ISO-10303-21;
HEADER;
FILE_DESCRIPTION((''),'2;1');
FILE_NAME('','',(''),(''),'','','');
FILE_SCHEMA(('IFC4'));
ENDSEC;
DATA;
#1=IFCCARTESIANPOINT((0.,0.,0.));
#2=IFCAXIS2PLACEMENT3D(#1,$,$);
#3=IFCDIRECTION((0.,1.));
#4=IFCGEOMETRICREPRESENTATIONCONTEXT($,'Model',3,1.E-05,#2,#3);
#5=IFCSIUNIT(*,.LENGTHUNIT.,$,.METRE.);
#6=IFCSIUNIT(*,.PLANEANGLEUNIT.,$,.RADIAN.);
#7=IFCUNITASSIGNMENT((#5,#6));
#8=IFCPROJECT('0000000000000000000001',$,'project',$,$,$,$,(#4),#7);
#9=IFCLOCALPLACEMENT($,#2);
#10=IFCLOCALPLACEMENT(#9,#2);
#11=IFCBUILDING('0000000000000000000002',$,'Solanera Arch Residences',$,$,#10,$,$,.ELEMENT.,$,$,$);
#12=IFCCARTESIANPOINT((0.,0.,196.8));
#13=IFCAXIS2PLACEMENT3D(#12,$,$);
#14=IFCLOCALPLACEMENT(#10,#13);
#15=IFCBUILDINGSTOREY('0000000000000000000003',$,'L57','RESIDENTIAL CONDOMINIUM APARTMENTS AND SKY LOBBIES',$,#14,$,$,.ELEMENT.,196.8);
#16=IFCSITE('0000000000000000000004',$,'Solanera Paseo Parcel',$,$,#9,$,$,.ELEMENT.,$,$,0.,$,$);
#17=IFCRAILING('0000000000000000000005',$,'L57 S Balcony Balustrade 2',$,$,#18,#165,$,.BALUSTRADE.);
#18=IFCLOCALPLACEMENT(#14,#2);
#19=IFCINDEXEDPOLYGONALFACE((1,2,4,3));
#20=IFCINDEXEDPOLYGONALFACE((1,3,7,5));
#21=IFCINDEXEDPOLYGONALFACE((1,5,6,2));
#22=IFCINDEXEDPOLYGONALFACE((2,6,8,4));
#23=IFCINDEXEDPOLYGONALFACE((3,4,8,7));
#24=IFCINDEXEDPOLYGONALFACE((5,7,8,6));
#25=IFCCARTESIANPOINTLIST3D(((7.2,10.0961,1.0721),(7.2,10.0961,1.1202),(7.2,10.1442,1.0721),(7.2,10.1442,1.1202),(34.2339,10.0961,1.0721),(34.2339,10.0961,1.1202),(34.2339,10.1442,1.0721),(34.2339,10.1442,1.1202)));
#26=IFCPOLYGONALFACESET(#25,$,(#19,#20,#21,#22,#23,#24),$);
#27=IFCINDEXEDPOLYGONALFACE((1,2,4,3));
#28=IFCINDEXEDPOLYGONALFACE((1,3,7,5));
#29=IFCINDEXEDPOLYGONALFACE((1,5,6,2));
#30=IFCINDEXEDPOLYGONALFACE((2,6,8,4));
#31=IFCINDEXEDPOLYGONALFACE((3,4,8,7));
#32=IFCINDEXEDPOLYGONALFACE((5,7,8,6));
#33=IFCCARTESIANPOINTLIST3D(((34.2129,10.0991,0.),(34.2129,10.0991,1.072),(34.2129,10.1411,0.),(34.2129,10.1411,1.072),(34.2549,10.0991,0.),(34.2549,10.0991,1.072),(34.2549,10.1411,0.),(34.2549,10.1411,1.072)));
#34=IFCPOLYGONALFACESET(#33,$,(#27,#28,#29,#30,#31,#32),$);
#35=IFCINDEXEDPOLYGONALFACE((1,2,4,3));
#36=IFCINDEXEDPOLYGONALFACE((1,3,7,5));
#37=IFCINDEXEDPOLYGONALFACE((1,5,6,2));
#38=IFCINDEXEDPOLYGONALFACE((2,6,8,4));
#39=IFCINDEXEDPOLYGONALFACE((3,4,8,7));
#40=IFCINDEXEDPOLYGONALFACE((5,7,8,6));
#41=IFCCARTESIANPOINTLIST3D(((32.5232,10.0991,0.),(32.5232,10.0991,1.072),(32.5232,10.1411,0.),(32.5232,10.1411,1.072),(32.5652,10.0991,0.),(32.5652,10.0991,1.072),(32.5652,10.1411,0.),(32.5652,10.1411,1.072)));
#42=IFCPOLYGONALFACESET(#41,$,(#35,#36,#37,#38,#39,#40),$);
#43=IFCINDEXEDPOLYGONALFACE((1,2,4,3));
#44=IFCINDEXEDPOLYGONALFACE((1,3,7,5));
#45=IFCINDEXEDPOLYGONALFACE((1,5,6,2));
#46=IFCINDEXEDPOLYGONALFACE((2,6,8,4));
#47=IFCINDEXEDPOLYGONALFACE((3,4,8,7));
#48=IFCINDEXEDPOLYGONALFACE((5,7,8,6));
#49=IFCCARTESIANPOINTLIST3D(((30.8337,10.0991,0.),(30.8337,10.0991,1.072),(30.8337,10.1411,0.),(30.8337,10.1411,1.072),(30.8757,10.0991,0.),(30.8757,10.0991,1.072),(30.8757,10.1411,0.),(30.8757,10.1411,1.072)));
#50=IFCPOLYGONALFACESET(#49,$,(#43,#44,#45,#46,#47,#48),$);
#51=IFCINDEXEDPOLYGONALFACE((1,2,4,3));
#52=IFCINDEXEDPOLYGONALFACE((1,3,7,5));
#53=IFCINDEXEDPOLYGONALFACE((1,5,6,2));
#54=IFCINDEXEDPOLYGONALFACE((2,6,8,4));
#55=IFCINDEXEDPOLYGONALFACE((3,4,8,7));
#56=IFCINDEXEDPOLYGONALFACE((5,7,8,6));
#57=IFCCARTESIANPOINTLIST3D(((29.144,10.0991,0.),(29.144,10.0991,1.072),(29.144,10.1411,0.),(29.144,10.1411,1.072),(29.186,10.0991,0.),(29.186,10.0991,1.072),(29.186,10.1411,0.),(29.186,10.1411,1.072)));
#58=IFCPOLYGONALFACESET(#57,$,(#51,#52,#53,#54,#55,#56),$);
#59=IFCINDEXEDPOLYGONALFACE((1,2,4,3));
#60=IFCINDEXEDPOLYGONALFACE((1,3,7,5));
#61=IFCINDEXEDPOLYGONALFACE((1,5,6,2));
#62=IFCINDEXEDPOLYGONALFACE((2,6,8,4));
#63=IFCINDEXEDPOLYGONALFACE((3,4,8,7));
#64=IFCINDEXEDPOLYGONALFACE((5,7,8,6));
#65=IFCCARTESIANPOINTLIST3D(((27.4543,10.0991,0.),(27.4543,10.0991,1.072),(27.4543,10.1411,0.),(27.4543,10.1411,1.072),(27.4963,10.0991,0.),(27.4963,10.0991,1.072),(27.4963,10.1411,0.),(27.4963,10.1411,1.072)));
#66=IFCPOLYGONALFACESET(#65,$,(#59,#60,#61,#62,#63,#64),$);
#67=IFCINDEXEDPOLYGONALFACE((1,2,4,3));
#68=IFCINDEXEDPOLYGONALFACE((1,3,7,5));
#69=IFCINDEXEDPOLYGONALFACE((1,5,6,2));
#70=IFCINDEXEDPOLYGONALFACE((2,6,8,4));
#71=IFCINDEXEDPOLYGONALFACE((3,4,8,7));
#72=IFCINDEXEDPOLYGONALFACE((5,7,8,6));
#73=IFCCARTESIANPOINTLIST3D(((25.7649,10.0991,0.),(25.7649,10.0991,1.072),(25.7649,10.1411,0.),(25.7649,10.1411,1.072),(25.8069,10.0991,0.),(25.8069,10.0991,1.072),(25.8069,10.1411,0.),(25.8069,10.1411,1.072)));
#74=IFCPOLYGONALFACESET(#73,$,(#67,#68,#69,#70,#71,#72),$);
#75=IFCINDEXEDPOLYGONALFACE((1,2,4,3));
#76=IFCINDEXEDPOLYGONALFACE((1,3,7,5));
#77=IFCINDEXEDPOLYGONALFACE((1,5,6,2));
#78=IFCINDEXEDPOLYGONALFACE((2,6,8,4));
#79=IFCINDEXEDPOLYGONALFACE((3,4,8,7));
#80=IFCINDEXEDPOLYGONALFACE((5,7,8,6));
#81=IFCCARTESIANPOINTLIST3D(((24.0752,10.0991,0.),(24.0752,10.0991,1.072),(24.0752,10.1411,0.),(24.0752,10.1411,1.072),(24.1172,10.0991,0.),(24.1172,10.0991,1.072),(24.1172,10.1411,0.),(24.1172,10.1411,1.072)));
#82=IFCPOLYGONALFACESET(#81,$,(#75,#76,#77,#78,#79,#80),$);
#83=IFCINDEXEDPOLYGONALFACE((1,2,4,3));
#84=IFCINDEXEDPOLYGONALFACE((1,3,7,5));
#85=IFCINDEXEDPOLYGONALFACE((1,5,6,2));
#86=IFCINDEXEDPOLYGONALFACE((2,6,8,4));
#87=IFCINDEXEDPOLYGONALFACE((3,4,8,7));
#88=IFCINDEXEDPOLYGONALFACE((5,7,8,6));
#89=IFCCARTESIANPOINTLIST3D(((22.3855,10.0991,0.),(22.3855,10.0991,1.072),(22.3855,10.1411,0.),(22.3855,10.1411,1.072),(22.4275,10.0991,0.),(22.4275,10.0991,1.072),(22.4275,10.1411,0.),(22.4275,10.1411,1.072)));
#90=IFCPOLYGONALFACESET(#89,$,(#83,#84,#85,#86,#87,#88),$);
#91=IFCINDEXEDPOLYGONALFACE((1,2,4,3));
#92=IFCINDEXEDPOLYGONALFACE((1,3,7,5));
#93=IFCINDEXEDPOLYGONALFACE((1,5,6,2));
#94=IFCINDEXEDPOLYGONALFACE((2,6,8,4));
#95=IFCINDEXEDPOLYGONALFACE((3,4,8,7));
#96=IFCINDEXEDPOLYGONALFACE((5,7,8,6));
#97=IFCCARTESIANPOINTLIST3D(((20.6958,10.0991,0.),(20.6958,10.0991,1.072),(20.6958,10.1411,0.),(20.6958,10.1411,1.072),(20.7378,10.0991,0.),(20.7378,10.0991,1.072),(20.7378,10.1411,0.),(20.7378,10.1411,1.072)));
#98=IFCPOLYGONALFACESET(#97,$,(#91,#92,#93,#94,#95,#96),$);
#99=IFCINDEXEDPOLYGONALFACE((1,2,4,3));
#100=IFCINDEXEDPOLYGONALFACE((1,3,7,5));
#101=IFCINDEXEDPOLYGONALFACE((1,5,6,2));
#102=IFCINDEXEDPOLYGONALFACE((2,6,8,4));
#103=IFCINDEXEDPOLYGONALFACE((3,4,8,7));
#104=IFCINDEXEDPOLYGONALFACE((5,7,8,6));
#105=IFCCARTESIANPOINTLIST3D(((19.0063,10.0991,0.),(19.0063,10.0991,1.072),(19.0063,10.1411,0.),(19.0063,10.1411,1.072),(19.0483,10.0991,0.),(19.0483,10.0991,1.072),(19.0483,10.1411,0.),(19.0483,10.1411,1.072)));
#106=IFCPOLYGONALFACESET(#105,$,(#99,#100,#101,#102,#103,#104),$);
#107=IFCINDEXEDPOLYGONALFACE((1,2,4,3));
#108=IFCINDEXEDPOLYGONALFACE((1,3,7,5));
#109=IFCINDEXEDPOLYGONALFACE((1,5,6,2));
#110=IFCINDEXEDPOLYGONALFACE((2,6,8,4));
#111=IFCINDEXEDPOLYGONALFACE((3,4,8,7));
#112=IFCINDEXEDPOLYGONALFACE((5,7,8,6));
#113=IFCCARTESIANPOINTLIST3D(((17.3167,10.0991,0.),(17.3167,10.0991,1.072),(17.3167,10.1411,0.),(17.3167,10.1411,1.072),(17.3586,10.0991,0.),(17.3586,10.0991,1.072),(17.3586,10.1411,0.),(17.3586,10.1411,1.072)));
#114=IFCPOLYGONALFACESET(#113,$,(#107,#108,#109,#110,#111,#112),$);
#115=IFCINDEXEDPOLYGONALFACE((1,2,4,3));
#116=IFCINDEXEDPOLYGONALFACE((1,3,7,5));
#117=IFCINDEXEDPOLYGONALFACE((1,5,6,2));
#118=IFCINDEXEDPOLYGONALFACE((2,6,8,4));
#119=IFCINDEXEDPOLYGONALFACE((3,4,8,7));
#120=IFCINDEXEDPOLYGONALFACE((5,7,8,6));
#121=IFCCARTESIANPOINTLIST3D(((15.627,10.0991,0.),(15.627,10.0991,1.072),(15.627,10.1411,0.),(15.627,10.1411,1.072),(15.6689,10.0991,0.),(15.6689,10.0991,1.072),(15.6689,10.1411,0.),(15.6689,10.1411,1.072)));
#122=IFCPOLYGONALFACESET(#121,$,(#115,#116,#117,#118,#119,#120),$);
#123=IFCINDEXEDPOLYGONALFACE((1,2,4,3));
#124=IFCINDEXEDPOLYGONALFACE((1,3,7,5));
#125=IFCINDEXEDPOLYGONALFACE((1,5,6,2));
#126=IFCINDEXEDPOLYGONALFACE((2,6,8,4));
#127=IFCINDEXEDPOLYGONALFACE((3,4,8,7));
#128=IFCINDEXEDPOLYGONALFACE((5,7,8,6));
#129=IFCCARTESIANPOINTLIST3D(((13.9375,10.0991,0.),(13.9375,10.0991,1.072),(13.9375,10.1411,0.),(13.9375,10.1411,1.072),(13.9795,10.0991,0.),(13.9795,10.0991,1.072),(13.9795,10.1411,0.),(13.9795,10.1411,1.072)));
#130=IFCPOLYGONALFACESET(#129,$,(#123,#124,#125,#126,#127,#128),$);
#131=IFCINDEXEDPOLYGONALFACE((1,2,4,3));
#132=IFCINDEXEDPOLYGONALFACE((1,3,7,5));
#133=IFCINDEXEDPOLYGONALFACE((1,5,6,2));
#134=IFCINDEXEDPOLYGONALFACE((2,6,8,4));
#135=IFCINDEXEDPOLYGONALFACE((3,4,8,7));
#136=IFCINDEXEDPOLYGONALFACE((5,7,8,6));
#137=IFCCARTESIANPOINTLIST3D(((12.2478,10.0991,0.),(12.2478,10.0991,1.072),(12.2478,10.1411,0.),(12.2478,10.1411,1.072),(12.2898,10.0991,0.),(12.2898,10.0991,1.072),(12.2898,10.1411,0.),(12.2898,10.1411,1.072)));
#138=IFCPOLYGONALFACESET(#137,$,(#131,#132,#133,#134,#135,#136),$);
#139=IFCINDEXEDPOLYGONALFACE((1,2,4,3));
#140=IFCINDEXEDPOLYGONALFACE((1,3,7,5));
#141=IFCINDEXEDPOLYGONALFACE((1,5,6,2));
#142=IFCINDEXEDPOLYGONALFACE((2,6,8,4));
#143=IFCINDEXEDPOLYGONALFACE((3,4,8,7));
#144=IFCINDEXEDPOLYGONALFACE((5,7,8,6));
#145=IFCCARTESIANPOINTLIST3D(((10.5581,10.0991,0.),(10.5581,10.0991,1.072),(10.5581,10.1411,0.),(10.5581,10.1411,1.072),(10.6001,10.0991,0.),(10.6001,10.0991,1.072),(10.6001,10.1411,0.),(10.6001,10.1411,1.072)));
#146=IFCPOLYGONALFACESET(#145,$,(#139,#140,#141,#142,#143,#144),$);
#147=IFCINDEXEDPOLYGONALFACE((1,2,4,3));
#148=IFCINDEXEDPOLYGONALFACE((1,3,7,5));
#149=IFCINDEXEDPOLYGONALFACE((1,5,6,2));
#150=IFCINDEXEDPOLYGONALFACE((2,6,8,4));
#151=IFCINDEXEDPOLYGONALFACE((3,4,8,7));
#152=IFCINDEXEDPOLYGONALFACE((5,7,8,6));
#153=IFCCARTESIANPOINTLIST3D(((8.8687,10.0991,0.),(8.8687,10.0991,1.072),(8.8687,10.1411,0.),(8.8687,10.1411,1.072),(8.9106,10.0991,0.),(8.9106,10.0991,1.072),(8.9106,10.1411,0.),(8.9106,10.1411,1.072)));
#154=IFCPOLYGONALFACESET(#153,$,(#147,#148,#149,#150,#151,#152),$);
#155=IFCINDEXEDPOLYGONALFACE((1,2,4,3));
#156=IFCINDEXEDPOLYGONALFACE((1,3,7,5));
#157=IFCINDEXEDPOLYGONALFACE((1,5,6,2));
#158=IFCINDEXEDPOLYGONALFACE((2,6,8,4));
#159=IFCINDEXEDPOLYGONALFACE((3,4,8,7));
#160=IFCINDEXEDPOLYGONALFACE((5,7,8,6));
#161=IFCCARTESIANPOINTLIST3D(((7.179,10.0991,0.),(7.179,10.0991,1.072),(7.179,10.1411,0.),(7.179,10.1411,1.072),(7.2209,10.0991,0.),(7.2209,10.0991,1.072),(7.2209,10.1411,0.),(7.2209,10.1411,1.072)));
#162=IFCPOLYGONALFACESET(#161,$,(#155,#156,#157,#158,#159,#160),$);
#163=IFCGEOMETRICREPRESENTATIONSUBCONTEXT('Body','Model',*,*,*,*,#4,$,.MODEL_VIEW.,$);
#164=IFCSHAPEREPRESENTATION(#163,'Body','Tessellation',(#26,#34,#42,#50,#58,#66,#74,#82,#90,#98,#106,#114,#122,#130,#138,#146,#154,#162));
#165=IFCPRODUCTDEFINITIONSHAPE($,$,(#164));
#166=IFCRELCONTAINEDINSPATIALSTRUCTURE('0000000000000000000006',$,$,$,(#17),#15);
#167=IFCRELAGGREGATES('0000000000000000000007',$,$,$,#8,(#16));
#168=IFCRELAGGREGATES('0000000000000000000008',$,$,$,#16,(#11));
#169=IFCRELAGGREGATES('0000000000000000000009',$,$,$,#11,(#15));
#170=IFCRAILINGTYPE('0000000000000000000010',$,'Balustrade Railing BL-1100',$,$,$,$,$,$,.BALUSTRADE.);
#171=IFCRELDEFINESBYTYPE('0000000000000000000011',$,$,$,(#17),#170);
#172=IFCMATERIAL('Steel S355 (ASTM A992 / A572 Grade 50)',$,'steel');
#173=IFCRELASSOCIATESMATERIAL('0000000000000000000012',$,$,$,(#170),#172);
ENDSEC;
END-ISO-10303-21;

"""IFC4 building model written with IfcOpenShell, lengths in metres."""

from ifc_helpers import new_model, si_unit, direction, frame, origin, origin_2d, place, context, subcontext, project, spatial, rectangle, extrude, material, type_object, element, save


model = new_model("IFC4")

# Units and contexts
model_context = context("Model", 3, precision=1e-05, world=origin(), true_north=direction((0.0, 1.0)))
body_context = subcontext(model_context, "Body", "Model", "MODEL_VIEW")
ifc_project = project(units=[si_unit("LENGTHUNIT", "METRE"), si_unit("PLANEANGLEUNIT", "RADIAN")], contexts=[model_context])

# Site, building, storey
site_placement = place(None, origin())
site = spatial("IfcSite", under=ifc_project, at=site_placement, Name="Solanera Paseo Parcel", CompositionType="ELEMENT", RefElevation=0.0)
building_placement = place(site_placement, origin())
building = spatial("IfcBuilding", under=site, at=building_placement, Name="Solanera Arch Residences", CompositionType="ELEMENT")
storey_placement = place(building_placement, frame((0.0, 0.0, 196.8)))
storey = spatial("IfcBuildingStorey", under=building, at=storey_placement, Name="L57", Description="RESIDENTIAL CONDOMINIUM APARTMENTS AND SKY LOBBIES", CompositionType="ELEMENT", Elevation=196.8)

# Railing
ifc_material_1 = material(Name="Steel S355 (ASTM A992 / A572 Grade 50)", Category="steel")
railing_type = type_object("IfcRailingType", Name="Balustrade Railing BL-1100", PredefinedType="BALUSTRADE", material=ifc_material_1)
railing_placement = place(storey_placement, frame((34.2339, 10.1201, 0.0)))
element("IfcRailing", 1, at=railing_placement, inside=storey, type_object=railing_type, Name="L57 S Balcony Balustrade 2", PredefinedType="BALUSTRADE", context=body_context, shape_type="SweptSolid", body=[
    extrude(rectangle(XDim=0.0481, YDim=0.0481, at=origin_2d()), frame((0.0, 0.0, 1.0962), z_axis=(-1.0, 0.0, 0.0), x_axis=(0.0, -1.0, 0.0)), (0.0, 0.0, 1.0), 27.0339),
    extrude(rectangle(XDim=0.042, YDim=0.042, at=origin_2d()), origin(), (0.0, 0.0, 1.0), 1.072),
    extrude(rectangle(XDim=0.042, YDim=0.042, at=origin_2d()), frame((-1.6897, 0.0, 0.0)), (0.0, 0.0, 1.0), 1.072),
    extrude(rectangle(XDim=0.042, YDim=0.042, at=origin_2d()), frame((-3.3792, 0.0, 0.0)), (0.0, 0.0, 1.0), 1.072),
    extrude(rectangle(XDim=0.042, YDim=0.042, at=origin_2d()), frame((-5.0688, 0.0, 0.0)), (0.0, 0.0, 1.0), 1.072),
    extrude(rectangle(XDim=0.042, YDim=0.042, at=origin_2d()), frame((-6.7585, 0.0, 0.0)), (0.0, 0.0, 1.0), 1.072),
    extrude(rectangle(XDim=0.042, YDim=0.042, at=origin_2d()), frame((-8.448, 0.0, 0.0)), (0.0, 0.0, 1.0), 1.072),
    extrude(rectangle(XDim=0.042, YDim=0.042, at=origin_2d()), frame((-10.1377, 0.0, 0.0)), (0.0, 0.0, 1.0), 1.072),
    extrude(rectangle(XDim=0.042, YDim=0.042, at=origin_2d()), frame((-11.8274, 0.0, 0.0)), (0.0, 0.0, 1.0), 1.072),
    extrude(rectangle(XDim=0.042, YDim=0.042, at=origin_2d()), frame((-13.5171, 0.0, 0.0)), (0.0, 0.0, 1.0), 1.072),
    extrude(rectangle(XDim=0.042, YDim=0.042, at=origin_2d()), frame((-15.2065, 0.0, 0.0)), (0.0, 0.0, 1.0), 1.072),
    extrude(rectangle(XDim=0.042, YDim=0.042, at=origin_2d()), frame((-16.8962, 0.0, 0.0)), (0.0, 0.0, 1.0), 1.072),
    extrude(rectangle(XDim=0.042, YDim=0.042, at=origin_2d()), frame((-18.5859, 0.0, 0.0)), (0.0, 0.0, 1.0), 1.072),
    extrude(rectangle(XDim=0.042, YDim=0.042, at=origin_2d()), frame((-20.2754, 0.0, 0.0)), (0.0, 0.0, 1.0), 1.072),
    extrude(rectangle(XDim=0.042, YDim=0.042, at=origin_2d()), frame((-21.9651, 0.0, 0.0)), (0.0, 0.0, 1.0), 1.072),
    extrude(rectangle(XDim=0.042, YDim=0.042, at=origin_2d()), frame((-23.6548, 0.0, 0.0)), (0.0, 0.0, 1.0), 1.072),
    extrude(rectangle(XDim=0.042, YDim=0.042, at=origin_2d()), frame((-25.3442, 0.0, 0.0)), (0.0, 0.0, 1.0), 1.072),
    extrude(rectangle(XDim=0.042, YDim=0.042, at=origin_2d()), frame((-27.0339, 0.0, 0.0)), (0.0, 0.0, 1.0), 1.072),
])

save(model, "model.ifc")
